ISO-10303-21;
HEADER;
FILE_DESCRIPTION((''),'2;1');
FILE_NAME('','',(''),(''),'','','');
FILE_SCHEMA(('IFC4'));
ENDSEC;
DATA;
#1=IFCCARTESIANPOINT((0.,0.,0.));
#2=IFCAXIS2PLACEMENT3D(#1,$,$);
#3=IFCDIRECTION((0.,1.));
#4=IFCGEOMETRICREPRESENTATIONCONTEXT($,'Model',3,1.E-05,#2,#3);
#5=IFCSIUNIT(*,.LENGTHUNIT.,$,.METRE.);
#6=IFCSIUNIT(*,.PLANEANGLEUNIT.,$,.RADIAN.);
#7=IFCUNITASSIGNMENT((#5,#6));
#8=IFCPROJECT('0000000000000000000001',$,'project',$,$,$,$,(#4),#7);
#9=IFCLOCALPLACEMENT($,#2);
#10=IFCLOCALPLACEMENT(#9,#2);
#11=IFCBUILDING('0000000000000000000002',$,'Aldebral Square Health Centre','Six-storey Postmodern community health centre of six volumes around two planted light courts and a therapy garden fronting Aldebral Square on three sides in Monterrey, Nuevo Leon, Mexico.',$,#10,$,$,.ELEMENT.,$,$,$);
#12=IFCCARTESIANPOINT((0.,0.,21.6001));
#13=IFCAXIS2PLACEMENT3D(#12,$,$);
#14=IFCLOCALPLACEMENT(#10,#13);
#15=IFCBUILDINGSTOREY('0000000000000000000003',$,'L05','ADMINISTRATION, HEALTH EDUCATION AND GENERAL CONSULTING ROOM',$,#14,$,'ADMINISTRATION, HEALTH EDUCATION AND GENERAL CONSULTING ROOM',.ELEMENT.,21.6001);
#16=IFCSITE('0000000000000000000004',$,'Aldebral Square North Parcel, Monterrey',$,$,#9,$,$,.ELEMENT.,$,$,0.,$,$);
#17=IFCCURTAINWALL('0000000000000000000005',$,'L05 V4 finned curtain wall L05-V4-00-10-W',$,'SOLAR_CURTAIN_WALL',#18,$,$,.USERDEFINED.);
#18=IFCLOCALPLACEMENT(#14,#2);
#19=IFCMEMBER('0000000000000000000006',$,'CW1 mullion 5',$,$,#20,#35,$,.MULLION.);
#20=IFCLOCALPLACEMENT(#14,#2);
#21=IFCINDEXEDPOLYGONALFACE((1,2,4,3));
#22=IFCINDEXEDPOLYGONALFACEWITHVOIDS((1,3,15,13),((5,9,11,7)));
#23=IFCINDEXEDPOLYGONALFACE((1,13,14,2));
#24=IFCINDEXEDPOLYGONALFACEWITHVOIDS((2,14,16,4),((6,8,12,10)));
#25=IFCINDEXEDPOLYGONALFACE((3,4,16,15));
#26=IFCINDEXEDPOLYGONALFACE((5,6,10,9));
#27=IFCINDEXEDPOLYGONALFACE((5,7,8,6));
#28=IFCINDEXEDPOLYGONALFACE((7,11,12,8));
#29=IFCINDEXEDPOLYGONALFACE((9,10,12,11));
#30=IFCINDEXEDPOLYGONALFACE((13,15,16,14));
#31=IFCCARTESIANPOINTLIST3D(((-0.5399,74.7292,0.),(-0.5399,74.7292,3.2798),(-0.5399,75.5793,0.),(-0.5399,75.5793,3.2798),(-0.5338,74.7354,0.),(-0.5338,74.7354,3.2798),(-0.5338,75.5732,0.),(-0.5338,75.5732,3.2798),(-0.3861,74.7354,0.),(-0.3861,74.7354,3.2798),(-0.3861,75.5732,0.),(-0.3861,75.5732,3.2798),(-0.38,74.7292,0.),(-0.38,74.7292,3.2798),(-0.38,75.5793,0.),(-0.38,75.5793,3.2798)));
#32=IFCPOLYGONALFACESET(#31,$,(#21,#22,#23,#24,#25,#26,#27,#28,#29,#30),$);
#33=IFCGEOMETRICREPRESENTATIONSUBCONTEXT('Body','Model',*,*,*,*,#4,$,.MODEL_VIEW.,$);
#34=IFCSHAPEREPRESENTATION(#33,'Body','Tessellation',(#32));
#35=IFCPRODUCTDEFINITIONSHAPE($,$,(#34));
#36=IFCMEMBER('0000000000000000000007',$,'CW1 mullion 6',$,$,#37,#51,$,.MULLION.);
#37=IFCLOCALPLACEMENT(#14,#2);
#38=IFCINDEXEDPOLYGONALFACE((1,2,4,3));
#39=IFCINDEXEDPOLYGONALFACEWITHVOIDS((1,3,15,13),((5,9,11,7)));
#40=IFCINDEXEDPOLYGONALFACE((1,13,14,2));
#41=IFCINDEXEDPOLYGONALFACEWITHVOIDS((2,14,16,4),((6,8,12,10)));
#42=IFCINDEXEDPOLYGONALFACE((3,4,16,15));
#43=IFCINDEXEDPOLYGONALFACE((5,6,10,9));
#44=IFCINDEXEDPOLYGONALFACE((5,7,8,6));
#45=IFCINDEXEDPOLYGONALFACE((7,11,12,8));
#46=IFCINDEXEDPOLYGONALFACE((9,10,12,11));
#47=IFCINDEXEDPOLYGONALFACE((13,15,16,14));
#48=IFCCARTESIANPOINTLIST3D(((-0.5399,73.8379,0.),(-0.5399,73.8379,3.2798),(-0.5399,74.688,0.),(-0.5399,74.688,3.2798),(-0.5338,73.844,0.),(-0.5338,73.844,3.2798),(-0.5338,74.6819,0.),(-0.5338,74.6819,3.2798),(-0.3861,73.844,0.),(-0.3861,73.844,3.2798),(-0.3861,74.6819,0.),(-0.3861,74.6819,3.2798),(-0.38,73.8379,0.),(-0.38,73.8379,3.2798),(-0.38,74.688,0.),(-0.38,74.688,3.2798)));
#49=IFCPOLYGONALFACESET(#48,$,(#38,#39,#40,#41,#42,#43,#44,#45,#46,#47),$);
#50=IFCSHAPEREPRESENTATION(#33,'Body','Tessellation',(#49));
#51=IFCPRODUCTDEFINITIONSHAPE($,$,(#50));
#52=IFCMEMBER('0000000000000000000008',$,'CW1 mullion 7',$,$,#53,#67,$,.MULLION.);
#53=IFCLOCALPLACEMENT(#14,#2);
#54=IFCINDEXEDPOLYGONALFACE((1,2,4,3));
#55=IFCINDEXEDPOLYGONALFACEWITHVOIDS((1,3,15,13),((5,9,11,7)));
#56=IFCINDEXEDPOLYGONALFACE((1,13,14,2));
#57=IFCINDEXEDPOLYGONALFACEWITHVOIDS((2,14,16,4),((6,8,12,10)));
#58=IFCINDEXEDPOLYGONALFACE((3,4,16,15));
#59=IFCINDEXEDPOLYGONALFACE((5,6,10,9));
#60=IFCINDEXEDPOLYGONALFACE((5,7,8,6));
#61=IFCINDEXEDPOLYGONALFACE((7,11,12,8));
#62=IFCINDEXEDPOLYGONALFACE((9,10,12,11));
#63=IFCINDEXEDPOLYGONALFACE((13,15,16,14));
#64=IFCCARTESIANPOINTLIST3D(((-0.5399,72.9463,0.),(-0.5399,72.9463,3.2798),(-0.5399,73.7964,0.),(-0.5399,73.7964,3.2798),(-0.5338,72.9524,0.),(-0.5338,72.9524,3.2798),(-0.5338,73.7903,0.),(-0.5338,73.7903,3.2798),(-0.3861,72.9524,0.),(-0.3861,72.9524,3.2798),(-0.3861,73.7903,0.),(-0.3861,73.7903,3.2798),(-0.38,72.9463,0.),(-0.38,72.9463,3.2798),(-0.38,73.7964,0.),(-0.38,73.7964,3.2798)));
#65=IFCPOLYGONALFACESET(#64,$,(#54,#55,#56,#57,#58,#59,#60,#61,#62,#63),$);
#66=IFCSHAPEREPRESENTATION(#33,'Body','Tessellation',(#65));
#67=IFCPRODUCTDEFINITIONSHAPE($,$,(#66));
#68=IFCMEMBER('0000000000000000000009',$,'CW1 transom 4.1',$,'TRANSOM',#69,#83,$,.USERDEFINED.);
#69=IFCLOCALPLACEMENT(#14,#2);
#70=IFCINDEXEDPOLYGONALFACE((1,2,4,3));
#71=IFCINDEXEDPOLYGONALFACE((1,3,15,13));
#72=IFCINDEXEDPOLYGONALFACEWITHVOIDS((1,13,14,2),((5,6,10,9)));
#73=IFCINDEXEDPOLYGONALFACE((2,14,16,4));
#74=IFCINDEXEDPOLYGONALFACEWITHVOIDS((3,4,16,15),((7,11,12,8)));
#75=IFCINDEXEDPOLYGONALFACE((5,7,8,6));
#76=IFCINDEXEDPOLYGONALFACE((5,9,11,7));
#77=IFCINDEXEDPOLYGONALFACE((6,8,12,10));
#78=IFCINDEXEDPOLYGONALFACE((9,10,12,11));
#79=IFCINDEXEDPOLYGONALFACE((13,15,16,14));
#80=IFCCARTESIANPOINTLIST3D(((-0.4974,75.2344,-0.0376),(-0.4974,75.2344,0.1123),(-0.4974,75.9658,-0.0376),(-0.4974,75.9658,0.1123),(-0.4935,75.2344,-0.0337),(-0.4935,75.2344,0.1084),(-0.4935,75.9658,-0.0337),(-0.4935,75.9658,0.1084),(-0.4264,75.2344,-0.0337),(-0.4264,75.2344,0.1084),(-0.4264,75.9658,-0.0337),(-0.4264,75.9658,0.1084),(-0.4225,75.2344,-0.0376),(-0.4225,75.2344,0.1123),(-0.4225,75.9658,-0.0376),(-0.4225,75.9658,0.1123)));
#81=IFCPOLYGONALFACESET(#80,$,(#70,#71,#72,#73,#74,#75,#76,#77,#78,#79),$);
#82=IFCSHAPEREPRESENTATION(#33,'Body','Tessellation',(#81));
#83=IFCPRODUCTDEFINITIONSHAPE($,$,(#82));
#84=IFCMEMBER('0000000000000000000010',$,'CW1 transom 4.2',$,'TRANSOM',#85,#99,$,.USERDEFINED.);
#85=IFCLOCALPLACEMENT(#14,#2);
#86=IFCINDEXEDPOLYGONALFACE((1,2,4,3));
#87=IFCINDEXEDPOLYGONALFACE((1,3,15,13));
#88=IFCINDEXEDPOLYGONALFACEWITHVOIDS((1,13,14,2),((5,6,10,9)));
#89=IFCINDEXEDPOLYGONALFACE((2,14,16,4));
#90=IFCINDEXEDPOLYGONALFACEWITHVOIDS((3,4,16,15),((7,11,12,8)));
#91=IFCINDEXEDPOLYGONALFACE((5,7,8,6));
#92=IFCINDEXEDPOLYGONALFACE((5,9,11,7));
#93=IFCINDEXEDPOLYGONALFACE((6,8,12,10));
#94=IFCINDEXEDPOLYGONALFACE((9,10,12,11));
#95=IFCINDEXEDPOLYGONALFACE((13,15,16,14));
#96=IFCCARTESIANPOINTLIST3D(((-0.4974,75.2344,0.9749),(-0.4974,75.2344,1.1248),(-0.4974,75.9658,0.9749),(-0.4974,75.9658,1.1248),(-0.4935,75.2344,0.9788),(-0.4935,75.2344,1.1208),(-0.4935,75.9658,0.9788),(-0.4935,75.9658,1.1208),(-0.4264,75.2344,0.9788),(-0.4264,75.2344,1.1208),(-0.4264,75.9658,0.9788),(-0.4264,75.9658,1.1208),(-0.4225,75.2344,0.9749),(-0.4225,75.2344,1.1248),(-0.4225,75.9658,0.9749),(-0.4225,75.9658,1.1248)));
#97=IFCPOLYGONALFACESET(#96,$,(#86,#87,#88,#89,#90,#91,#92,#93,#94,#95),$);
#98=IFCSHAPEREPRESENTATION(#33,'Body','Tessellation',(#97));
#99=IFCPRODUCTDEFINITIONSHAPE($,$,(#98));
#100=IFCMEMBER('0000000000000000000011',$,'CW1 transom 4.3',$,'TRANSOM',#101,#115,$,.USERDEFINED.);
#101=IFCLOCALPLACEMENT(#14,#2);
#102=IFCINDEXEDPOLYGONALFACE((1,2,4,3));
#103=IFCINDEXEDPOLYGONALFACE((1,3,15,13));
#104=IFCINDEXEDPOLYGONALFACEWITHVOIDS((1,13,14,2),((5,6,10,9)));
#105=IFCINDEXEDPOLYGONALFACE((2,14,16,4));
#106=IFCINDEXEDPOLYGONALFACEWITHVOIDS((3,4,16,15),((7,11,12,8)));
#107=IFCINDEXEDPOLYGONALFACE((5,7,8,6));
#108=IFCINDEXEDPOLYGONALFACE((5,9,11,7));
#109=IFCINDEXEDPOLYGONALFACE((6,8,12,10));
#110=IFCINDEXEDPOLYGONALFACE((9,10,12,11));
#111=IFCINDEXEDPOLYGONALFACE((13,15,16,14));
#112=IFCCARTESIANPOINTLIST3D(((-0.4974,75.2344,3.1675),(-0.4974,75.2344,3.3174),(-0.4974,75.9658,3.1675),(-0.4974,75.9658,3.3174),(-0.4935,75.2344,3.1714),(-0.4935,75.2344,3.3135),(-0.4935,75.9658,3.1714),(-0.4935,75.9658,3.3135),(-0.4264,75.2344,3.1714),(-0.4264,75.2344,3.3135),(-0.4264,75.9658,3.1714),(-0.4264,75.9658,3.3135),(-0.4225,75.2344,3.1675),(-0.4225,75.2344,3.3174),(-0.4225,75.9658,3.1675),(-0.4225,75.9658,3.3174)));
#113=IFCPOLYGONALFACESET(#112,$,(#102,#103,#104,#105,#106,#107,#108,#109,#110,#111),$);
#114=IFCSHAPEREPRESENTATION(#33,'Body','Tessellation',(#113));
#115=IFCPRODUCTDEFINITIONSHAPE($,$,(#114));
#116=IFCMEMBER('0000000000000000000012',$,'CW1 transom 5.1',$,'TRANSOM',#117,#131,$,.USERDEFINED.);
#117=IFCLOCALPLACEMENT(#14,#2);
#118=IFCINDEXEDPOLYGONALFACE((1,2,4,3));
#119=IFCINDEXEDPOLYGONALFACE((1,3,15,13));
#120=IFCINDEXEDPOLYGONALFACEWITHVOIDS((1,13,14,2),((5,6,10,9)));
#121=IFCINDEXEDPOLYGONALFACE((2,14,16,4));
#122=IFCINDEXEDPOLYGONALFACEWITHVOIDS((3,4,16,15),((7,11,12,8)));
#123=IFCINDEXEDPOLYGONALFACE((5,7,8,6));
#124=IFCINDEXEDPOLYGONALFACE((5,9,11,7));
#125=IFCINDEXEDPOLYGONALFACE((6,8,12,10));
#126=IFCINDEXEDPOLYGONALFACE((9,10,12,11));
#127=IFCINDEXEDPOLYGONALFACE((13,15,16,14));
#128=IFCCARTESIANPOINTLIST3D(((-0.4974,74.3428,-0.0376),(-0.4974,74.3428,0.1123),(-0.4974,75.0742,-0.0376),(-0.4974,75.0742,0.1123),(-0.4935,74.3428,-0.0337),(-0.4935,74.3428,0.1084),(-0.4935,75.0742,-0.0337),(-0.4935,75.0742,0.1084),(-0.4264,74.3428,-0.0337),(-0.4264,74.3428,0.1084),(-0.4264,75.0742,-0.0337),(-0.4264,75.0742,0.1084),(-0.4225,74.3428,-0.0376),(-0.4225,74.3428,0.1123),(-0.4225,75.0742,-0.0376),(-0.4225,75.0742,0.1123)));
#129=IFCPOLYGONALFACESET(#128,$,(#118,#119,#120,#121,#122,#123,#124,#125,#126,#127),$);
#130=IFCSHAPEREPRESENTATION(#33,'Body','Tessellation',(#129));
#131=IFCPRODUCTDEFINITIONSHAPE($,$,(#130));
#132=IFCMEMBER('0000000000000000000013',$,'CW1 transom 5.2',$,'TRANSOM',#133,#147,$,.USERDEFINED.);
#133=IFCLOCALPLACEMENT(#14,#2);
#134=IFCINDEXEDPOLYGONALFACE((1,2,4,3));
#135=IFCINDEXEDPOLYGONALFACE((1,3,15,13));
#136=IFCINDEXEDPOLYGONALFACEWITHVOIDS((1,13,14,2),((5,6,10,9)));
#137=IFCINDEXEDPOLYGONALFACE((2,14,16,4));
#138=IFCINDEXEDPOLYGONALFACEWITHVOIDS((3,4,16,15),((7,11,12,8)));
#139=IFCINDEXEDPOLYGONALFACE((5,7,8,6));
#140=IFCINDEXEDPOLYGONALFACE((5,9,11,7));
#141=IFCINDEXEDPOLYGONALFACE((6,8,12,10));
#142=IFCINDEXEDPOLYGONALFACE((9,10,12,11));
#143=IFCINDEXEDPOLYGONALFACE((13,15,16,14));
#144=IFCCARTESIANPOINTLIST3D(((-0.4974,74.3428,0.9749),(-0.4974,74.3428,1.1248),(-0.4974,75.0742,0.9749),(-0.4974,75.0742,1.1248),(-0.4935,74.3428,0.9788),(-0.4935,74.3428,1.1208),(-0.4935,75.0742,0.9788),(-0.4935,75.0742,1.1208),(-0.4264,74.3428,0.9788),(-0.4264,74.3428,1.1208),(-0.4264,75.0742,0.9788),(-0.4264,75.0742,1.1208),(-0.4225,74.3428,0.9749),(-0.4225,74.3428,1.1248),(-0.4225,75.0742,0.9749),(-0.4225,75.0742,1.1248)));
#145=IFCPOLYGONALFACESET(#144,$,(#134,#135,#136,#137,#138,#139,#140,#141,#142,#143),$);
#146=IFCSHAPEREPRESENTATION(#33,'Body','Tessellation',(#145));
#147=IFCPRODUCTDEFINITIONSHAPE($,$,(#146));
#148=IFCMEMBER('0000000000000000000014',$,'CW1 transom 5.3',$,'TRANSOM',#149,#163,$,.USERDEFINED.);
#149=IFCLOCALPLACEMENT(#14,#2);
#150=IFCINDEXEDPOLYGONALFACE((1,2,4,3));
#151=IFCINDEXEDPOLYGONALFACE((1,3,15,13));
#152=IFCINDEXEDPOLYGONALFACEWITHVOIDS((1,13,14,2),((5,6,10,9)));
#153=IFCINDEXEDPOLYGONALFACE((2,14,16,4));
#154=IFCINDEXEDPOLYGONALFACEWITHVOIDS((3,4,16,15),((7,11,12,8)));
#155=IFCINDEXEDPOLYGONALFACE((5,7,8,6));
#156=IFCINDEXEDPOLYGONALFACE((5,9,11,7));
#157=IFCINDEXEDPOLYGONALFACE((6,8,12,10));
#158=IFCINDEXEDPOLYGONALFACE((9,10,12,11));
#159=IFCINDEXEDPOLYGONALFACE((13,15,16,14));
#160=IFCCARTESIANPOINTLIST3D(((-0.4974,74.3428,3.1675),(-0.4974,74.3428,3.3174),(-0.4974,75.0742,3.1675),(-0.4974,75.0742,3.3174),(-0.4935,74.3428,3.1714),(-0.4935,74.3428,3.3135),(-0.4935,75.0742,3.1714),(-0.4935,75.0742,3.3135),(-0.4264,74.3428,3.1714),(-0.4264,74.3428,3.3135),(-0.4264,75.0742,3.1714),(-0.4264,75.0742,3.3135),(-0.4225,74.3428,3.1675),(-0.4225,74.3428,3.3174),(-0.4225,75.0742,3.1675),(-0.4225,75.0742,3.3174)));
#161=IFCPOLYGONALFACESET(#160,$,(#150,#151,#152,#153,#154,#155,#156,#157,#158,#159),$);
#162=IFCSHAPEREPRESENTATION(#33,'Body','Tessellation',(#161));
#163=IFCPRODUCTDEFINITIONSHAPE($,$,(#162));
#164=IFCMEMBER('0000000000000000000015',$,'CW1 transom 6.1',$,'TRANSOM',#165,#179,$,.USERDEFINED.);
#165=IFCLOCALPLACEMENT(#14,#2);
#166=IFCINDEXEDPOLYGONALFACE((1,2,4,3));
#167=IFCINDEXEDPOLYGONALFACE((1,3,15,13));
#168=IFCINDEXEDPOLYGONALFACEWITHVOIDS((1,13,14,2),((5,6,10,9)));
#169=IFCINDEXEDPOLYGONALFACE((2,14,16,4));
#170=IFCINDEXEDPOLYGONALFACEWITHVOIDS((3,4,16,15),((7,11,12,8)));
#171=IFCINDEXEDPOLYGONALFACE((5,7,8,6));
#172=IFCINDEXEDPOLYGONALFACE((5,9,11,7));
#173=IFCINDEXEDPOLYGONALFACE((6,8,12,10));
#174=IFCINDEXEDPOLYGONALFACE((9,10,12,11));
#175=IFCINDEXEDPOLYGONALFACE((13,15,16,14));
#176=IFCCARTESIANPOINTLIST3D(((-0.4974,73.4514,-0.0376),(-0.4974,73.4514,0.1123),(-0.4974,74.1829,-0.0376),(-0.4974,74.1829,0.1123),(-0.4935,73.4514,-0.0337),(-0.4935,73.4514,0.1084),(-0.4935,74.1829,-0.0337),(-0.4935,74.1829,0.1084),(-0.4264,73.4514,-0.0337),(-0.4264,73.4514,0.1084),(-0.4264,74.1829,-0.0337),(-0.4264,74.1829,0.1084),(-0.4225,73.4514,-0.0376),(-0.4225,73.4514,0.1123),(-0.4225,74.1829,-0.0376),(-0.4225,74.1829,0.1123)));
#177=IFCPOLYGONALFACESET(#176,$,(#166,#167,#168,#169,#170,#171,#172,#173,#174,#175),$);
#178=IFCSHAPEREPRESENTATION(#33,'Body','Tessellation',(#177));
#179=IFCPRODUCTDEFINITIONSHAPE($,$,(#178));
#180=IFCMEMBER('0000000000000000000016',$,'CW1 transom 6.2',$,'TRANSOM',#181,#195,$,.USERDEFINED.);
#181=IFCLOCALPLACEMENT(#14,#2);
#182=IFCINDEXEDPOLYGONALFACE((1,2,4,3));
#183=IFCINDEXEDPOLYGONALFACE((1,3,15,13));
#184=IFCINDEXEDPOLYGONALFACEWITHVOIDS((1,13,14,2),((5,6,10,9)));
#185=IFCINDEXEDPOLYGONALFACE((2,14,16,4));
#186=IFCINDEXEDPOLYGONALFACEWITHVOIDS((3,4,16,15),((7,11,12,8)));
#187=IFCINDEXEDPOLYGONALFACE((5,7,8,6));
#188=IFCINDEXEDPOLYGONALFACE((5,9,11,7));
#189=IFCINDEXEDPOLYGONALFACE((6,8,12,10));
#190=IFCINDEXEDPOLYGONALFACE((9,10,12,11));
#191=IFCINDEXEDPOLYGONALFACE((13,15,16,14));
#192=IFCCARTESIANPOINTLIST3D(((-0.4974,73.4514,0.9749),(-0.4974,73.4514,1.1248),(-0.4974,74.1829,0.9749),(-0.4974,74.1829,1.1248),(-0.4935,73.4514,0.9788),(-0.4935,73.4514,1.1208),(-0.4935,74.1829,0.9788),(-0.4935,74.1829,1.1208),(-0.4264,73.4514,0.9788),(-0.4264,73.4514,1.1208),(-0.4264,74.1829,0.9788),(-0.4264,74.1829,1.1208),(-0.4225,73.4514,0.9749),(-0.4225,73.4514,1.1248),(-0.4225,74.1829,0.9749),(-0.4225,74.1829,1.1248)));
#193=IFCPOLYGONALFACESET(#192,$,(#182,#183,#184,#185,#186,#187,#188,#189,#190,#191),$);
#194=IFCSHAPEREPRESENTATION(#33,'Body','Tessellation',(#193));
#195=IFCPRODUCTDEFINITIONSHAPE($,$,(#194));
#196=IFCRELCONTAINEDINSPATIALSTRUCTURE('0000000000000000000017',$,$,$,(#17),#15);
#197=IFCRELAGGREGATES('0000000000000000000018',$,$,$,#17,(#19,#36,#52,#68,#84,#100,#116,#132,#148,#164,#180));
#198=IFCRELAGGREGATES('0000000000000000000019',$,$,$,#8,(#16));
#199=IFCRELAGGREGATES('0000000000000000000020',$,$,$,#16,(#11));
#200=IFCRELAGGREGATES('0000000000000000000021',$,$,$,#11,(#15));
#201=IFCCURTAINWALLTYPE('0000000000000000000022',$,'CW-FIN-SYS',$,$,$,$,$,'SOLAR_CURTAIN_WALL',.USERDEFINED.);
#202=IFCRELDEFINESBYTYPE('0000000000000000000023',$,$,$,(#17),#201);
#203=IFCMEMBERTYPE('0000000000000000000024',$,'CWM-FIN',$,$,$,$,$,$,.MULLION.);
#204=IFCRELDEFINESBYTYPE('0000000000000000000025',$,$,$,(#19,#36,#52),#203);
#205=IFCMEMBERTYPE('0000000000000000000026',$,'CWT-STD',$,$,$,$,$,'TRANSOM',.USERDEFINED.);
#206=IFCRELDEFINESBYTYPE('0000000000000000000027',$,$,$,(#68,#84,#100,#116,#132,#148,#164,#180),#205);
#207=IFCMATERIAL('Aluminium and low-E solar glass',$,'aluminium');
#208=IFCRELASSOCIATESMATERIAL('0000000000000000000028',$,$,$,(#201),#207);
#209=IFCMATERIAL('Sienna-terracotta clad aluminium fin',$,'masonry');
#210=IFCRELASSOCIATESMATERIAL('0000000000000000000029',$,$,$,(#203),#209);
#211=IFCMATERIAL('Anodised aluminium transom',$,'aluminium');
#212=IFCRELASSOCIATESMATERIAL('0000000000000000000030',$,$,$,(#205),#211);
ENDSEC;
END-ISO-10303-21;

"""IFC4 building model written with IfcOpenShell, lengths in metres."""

from ifc_helpers import new_model, si_unit, direction, frame, origin, origin_2d, place, context, subcontext, project, spatial, hollow_rectangle, extrude, material, material_profile, profile_set, type_object, element, aggregate, save


model = new_model("IFC4")

# Units and contexts
model_context = context("Model", 3, precision=1e-05, world=origin(), true_north=direction((0.0, 1.0)))
body_context = subcontext(model_context, "Body", "Model", "MODEL_VIEW")
ifc_project = project(units=[si_unit("LENGTHUNIT", "METRE"), si_unit("PLANEANGLEUNIT", "RADIAN")], contexts=[model_context])

# Site, building, storey
site_placement = place(None, origin())
site = spatial("IfcSite", under=ifc_project, at=site_placement, Name="Aldebral Square North Parcel, Monterrey", CompositionType="ELEMENT", RefElevation=0.0)
building_placement = place(site_placement, origin())
building = spatial("IfcBuilding", under=site, at=building_placement, Name="Aldebral Square Health Centre", Description="Six-storey Postmodern community health centre of six volumes around two planted light courts and a therapy garden fronting Aldebral Square on three sides in Monterrey, Nuevo Leon, Mexico.", CompositionType="ELEMENT")
storey_placement = place(building_placement, frame((0.0, 0.0, 21.6001)))
storey = spatial("IfcBuildingStorey", under=building, at=storey_placement, Name="L05", Description="ADMINISTRATION, HEALTH EDUCATION AND GENERAL CONSULTING ROOM", LongName="ADMINISTRATION, HEALTH EDUCATION AND GENERAL CONSULTING ROOM", CompositionType="ELEMENT", Elevation=21.6001)

# Curtain wall, members
ifc_material_1 = material(Name="Aluminium and low-E solar glass", Category="aluminium")
curtain_wall_type = type_object("IfcCurtainWallType", Name="CW-FIN-SYS", ElementType="SOLAR_CURTAIN_WALL", PredefinedType="USERDEFINED", material=ifc_material_1)
curtain_wall_placement = place(storey_placement, origin())
curtain_wall = element("IfcCurtainWall", 1, at=curtain_wall_placement, inside=storey, type_object=curtain_wall_type, Name="L05 V4 finned curtain wall L05-V4-00-10-W", ObjectType="SOLAR_CURTAIN_WALL", PredefinedType="USERDEFINED")
ifc_material_2 = material(Name="Sienna-terracotta clad aluminium fin", Category="masonry")
ifc_material_profile_1 = material_profile(ifc_material_2, hollow_rectangle(XDim=0.1599, YDim=0.8501, WallThickness=0.0061, at=origin_2d()), Name="FIN 160x850x6")
ifc_profile_set_1 = profile_set([ifc_material_profile_1], Name="Sienna-terracotta clad aluminium fin")
member_type_1 = type_object("IfcMemberType", Name="CWM-FIN", PredefinedType="MULLION", material=ifc_profile_set_1)
member_1_placement = place(storey_placement, frame((-0.46, 75.1543, 0.0), z_axis=(0.0, 0.0, 1.0), x_axis=(1.0, 0.0, 0.0)))
member_1 = element("IfcMember", 2, at=member_1_placement, type_object=member_type_1, Name="CW1 mullion 5", PredefinedType="MULLION", context=body_context, shape_type="SweptSolid", body=[
    extrude(hollow_rectangle(XDim=0.1599, YDim=0.8501, WallThickness=0.0061, at=origin_2d()), origin(), (0.0, 0.0, 1.0), 3.2798),
])
member_2_placement = place(storey_placement, frame((-0.46, 74.2629, 0.0), z_axis=(0.0, 0.0, 1.0), x_axis=(1.0, 0.0, 0.0)))
member_2 = element("IfcMember", 3, at=member_2_placement, type_object=member_type_1, Name="CW1 mullion 6", PredefinedType="MULLION", context=body_context, shape_type="SweptSolid", body=[
    extrude(hollow_rectangle(XDim=0.1599, YDim=0.8501, WallThickness=0.0061, at=origin_2d()), origin(), (0.0, 0.0, 1.0), 3.2798),
])
member_3_placement = place(storey_placement, frame((-0.46, 73.3713, 0.0), z_axis=(0.0, 0.0, 1.0), x_axis=(1.0, 0.0, 0.0)))
member_3 = element("IfcMember", 4, at=member_3_placement, type_object=member_type_1, Name="CW1 mullion 7", PredefinedType="MULLION", context=body_context, shape_type="SweptSolid", body=[
    extrude(hollow_rectangle(XDim=0.1599, YDim=0.8501, WallThickness=0.0061, at=origin_2d()), origin(), (0.0, 0.0, 1.0), 3.2798),
])
ifc_material_3 = material(Name="Anodised aluminium transom", Category="aluminium")
ifc_material_profile_2 = material_profile(ifc_material_3, hollow_rectangle(XDim=0.075, YDim=0.1499, WallThickness=0.0039, at=origin_2d()), Name="CWT 75x150x4")
ifc_profile_set_2 = profile_set([ifc_material_profile_2], Name="Anodised aluminium transom")
member_type_2 = type_object("IfcMemberType", Name="CWT-STD", ElementType="TRANSOM", PredefinedType="USERDEFINED", material=ifc_profile_set_2)
member_4_placement = place(storey_placement, frame((-0.46, 75.9658, 0.0374), z_axis=(0.0, -1.0, 0.0), x_axis=(1.0, 0.0, 0.0)))
member_4 = element("IfcMember", 5, at=member_4_placement, type_object=member_type_2, Name="CW1 transom 4.1", ObjectType="TRANSOM", PredefinedType="USERDEFINED", context=body_context, shape_type="SweptSolid", body=[
    extrude(hollow_rectangle(XDim=0.075, YDim=0.1499, WallThickness=0.0039, at=origin_2d()), origin(), (0.0, 0.0, 1.0), 0.7314),
])
member_5_placement = place(storey_placement, frame((-0.46, 75.9658, 1.0498), z_axis=(0.0, -1.0, 0.0), x_axis=(1.0, 0.0, 0.0)))
member_5 = element("IfcMember", 6, at=member_5_placement, type_object=member_type_2, Name="CW1 transom 4.2", ObjectType="TRANSOM", PredefinedType="USERDEFINED", context=body_context, shape_type="SweptSolid", body=[
    extrude(hollow_rectangle(XDim=0.075, YDim=0.1499, WallThickness=0.0039, at=origin_2d()), origin(), (0.0, 0.0, 1.0), 0.7314),
])
member_6_placement = place(storey_placement, frame((-0.46, 75.9658, 3.2424), z_axis=(0.0, -1.0, 0.0), x_axis=(1.0, 0.0, 0.0)))
member_6 = element("IfcMember", 7, at=member_6_placement, type_object=member_type_2, Name="CW1 transom 4.3", ObjectType="TRANSOM", PredefinedType="USERDEFINED", context=body_context, shape_type="SweptSolid", body=[
    extrude(hollow_rectangle(XDim=0.075, YDim=0.1499, WallThickness=0.0039, at=origin_2d()), origin(), (0.0, 0.0, 1.0), 0.7314),
])
member_7_placement = place(storey_placement, frame((-0.46, 75.0742, 0.0374), z_axis=(0.0, -1.0, 0.0), x_axis=(1.0, 0.0, 0.0)))
member_7 = element("IfcMember", 8, at=member_7_placement, type_object=member_type_2, Name="CW1 transom 5.1", ObjectType="TRANSOM", PredefinedType="USERDEFINED", context=body_context, shape_type="SweptSolid", body=[
    extrude(hollow_rectangle(XDim=0.075, YDim=0.1499, WallThickness=0.0039, at=origin_2d()), origin(), (0.0, 0.0, 1.0), 0.7314),
])
member_8_placement = place(storey_placement, frame((-0.46, 75.0742, 1.0498), z_axis=(0.0, -1.0, 0.0), x_axis=(1.0, 0.0, 0.0)))
member_8 = element("IfcMember", 9, at=member_8_placement, type_object=member_type_2, Name="CW1 transom 5.2", ObjectType="TRANSOM", PredefinedType="USERDEFINED", context=body_context, shape_type="SweptSolid", body=[
    extrude(hollow_rectangle(XDim=0.075, YDim=0.1499, WallThickness=0.0039, at=origin_2d()), origin(), (0.0, 0.0, 1.0), 0.7314),
])
member_9_placement = place(storey_placement, frame((-0.46, 75.0742, 3.2424), z_axis=(0.0, -1.0, 0.0), x_axis=(1.0, 0.0, 0.0)))
member_9 = element("IfcMember", 10, at=member_9_placement, type_object=member_type_2, Name="CW1 transom 5.3", ObjectType="TRANSOM", PredefinedType="USERDEFINED", context=body_context, shape_type="SweptSolid", body=[
    extrude(hollow_rectangle(XDim=0.075, YDim=0.1499, WallThickness=0.0039, at=origin_2d()), origin(), (0.0, 0.0, 1.0), 0.7314),
])
member_10_placement = place(storey_placement, frame((-0.46, 74.1829, 0.0374), z_axis=(0.0, -1.0, 0.0), x_axis=(1.0, 0.0, 0.0)))
member_10 = element("IfcMember", 11, at=member_10_placement, type_object=member_type_2, Name="CW1 transom 6.1", ObjectType="TRANSOM", PredefinedType="USERDEFINED", context=body_context, shape_type="SweptSolid", body=[
    extrude(hollow_rectangle(XDim=0.075, YDim=0.1499, WallThickness=0.0039, at=origin_2d()), origin(), (0.0, 0.0, 1.0), 0.7314),
])
member_11_placement = place(storey_placement, frame((-0.46, 74.1829, 1.0498), z_axis=(0.0, -1.0, 0.0), x_axis=(1.0, 0.0, 0.0)))
member_11 = element("IfcMember", 12, at=member_11_placement, type_object=member_type_2, Name="CW1 transom 6.2", ObjectType="TRANSOM", PredefinedType="USERDEFINED", context=body_context, shape_type="SweptSolid", body=[
    extrude(hollow_rectangle(XDim=0.075, YDim=0.1499, WallThickness=0.0039, at=origin_2d()), origin(), (0.0, 0.0, 1.0), 0.7314),
])
aggregate(curtain_wall, [member_1, member_2, member_3, member_4, member_5, member_6, member_7, member_8, member_9, member_10, member_11])

save(model, "model.ifc")
